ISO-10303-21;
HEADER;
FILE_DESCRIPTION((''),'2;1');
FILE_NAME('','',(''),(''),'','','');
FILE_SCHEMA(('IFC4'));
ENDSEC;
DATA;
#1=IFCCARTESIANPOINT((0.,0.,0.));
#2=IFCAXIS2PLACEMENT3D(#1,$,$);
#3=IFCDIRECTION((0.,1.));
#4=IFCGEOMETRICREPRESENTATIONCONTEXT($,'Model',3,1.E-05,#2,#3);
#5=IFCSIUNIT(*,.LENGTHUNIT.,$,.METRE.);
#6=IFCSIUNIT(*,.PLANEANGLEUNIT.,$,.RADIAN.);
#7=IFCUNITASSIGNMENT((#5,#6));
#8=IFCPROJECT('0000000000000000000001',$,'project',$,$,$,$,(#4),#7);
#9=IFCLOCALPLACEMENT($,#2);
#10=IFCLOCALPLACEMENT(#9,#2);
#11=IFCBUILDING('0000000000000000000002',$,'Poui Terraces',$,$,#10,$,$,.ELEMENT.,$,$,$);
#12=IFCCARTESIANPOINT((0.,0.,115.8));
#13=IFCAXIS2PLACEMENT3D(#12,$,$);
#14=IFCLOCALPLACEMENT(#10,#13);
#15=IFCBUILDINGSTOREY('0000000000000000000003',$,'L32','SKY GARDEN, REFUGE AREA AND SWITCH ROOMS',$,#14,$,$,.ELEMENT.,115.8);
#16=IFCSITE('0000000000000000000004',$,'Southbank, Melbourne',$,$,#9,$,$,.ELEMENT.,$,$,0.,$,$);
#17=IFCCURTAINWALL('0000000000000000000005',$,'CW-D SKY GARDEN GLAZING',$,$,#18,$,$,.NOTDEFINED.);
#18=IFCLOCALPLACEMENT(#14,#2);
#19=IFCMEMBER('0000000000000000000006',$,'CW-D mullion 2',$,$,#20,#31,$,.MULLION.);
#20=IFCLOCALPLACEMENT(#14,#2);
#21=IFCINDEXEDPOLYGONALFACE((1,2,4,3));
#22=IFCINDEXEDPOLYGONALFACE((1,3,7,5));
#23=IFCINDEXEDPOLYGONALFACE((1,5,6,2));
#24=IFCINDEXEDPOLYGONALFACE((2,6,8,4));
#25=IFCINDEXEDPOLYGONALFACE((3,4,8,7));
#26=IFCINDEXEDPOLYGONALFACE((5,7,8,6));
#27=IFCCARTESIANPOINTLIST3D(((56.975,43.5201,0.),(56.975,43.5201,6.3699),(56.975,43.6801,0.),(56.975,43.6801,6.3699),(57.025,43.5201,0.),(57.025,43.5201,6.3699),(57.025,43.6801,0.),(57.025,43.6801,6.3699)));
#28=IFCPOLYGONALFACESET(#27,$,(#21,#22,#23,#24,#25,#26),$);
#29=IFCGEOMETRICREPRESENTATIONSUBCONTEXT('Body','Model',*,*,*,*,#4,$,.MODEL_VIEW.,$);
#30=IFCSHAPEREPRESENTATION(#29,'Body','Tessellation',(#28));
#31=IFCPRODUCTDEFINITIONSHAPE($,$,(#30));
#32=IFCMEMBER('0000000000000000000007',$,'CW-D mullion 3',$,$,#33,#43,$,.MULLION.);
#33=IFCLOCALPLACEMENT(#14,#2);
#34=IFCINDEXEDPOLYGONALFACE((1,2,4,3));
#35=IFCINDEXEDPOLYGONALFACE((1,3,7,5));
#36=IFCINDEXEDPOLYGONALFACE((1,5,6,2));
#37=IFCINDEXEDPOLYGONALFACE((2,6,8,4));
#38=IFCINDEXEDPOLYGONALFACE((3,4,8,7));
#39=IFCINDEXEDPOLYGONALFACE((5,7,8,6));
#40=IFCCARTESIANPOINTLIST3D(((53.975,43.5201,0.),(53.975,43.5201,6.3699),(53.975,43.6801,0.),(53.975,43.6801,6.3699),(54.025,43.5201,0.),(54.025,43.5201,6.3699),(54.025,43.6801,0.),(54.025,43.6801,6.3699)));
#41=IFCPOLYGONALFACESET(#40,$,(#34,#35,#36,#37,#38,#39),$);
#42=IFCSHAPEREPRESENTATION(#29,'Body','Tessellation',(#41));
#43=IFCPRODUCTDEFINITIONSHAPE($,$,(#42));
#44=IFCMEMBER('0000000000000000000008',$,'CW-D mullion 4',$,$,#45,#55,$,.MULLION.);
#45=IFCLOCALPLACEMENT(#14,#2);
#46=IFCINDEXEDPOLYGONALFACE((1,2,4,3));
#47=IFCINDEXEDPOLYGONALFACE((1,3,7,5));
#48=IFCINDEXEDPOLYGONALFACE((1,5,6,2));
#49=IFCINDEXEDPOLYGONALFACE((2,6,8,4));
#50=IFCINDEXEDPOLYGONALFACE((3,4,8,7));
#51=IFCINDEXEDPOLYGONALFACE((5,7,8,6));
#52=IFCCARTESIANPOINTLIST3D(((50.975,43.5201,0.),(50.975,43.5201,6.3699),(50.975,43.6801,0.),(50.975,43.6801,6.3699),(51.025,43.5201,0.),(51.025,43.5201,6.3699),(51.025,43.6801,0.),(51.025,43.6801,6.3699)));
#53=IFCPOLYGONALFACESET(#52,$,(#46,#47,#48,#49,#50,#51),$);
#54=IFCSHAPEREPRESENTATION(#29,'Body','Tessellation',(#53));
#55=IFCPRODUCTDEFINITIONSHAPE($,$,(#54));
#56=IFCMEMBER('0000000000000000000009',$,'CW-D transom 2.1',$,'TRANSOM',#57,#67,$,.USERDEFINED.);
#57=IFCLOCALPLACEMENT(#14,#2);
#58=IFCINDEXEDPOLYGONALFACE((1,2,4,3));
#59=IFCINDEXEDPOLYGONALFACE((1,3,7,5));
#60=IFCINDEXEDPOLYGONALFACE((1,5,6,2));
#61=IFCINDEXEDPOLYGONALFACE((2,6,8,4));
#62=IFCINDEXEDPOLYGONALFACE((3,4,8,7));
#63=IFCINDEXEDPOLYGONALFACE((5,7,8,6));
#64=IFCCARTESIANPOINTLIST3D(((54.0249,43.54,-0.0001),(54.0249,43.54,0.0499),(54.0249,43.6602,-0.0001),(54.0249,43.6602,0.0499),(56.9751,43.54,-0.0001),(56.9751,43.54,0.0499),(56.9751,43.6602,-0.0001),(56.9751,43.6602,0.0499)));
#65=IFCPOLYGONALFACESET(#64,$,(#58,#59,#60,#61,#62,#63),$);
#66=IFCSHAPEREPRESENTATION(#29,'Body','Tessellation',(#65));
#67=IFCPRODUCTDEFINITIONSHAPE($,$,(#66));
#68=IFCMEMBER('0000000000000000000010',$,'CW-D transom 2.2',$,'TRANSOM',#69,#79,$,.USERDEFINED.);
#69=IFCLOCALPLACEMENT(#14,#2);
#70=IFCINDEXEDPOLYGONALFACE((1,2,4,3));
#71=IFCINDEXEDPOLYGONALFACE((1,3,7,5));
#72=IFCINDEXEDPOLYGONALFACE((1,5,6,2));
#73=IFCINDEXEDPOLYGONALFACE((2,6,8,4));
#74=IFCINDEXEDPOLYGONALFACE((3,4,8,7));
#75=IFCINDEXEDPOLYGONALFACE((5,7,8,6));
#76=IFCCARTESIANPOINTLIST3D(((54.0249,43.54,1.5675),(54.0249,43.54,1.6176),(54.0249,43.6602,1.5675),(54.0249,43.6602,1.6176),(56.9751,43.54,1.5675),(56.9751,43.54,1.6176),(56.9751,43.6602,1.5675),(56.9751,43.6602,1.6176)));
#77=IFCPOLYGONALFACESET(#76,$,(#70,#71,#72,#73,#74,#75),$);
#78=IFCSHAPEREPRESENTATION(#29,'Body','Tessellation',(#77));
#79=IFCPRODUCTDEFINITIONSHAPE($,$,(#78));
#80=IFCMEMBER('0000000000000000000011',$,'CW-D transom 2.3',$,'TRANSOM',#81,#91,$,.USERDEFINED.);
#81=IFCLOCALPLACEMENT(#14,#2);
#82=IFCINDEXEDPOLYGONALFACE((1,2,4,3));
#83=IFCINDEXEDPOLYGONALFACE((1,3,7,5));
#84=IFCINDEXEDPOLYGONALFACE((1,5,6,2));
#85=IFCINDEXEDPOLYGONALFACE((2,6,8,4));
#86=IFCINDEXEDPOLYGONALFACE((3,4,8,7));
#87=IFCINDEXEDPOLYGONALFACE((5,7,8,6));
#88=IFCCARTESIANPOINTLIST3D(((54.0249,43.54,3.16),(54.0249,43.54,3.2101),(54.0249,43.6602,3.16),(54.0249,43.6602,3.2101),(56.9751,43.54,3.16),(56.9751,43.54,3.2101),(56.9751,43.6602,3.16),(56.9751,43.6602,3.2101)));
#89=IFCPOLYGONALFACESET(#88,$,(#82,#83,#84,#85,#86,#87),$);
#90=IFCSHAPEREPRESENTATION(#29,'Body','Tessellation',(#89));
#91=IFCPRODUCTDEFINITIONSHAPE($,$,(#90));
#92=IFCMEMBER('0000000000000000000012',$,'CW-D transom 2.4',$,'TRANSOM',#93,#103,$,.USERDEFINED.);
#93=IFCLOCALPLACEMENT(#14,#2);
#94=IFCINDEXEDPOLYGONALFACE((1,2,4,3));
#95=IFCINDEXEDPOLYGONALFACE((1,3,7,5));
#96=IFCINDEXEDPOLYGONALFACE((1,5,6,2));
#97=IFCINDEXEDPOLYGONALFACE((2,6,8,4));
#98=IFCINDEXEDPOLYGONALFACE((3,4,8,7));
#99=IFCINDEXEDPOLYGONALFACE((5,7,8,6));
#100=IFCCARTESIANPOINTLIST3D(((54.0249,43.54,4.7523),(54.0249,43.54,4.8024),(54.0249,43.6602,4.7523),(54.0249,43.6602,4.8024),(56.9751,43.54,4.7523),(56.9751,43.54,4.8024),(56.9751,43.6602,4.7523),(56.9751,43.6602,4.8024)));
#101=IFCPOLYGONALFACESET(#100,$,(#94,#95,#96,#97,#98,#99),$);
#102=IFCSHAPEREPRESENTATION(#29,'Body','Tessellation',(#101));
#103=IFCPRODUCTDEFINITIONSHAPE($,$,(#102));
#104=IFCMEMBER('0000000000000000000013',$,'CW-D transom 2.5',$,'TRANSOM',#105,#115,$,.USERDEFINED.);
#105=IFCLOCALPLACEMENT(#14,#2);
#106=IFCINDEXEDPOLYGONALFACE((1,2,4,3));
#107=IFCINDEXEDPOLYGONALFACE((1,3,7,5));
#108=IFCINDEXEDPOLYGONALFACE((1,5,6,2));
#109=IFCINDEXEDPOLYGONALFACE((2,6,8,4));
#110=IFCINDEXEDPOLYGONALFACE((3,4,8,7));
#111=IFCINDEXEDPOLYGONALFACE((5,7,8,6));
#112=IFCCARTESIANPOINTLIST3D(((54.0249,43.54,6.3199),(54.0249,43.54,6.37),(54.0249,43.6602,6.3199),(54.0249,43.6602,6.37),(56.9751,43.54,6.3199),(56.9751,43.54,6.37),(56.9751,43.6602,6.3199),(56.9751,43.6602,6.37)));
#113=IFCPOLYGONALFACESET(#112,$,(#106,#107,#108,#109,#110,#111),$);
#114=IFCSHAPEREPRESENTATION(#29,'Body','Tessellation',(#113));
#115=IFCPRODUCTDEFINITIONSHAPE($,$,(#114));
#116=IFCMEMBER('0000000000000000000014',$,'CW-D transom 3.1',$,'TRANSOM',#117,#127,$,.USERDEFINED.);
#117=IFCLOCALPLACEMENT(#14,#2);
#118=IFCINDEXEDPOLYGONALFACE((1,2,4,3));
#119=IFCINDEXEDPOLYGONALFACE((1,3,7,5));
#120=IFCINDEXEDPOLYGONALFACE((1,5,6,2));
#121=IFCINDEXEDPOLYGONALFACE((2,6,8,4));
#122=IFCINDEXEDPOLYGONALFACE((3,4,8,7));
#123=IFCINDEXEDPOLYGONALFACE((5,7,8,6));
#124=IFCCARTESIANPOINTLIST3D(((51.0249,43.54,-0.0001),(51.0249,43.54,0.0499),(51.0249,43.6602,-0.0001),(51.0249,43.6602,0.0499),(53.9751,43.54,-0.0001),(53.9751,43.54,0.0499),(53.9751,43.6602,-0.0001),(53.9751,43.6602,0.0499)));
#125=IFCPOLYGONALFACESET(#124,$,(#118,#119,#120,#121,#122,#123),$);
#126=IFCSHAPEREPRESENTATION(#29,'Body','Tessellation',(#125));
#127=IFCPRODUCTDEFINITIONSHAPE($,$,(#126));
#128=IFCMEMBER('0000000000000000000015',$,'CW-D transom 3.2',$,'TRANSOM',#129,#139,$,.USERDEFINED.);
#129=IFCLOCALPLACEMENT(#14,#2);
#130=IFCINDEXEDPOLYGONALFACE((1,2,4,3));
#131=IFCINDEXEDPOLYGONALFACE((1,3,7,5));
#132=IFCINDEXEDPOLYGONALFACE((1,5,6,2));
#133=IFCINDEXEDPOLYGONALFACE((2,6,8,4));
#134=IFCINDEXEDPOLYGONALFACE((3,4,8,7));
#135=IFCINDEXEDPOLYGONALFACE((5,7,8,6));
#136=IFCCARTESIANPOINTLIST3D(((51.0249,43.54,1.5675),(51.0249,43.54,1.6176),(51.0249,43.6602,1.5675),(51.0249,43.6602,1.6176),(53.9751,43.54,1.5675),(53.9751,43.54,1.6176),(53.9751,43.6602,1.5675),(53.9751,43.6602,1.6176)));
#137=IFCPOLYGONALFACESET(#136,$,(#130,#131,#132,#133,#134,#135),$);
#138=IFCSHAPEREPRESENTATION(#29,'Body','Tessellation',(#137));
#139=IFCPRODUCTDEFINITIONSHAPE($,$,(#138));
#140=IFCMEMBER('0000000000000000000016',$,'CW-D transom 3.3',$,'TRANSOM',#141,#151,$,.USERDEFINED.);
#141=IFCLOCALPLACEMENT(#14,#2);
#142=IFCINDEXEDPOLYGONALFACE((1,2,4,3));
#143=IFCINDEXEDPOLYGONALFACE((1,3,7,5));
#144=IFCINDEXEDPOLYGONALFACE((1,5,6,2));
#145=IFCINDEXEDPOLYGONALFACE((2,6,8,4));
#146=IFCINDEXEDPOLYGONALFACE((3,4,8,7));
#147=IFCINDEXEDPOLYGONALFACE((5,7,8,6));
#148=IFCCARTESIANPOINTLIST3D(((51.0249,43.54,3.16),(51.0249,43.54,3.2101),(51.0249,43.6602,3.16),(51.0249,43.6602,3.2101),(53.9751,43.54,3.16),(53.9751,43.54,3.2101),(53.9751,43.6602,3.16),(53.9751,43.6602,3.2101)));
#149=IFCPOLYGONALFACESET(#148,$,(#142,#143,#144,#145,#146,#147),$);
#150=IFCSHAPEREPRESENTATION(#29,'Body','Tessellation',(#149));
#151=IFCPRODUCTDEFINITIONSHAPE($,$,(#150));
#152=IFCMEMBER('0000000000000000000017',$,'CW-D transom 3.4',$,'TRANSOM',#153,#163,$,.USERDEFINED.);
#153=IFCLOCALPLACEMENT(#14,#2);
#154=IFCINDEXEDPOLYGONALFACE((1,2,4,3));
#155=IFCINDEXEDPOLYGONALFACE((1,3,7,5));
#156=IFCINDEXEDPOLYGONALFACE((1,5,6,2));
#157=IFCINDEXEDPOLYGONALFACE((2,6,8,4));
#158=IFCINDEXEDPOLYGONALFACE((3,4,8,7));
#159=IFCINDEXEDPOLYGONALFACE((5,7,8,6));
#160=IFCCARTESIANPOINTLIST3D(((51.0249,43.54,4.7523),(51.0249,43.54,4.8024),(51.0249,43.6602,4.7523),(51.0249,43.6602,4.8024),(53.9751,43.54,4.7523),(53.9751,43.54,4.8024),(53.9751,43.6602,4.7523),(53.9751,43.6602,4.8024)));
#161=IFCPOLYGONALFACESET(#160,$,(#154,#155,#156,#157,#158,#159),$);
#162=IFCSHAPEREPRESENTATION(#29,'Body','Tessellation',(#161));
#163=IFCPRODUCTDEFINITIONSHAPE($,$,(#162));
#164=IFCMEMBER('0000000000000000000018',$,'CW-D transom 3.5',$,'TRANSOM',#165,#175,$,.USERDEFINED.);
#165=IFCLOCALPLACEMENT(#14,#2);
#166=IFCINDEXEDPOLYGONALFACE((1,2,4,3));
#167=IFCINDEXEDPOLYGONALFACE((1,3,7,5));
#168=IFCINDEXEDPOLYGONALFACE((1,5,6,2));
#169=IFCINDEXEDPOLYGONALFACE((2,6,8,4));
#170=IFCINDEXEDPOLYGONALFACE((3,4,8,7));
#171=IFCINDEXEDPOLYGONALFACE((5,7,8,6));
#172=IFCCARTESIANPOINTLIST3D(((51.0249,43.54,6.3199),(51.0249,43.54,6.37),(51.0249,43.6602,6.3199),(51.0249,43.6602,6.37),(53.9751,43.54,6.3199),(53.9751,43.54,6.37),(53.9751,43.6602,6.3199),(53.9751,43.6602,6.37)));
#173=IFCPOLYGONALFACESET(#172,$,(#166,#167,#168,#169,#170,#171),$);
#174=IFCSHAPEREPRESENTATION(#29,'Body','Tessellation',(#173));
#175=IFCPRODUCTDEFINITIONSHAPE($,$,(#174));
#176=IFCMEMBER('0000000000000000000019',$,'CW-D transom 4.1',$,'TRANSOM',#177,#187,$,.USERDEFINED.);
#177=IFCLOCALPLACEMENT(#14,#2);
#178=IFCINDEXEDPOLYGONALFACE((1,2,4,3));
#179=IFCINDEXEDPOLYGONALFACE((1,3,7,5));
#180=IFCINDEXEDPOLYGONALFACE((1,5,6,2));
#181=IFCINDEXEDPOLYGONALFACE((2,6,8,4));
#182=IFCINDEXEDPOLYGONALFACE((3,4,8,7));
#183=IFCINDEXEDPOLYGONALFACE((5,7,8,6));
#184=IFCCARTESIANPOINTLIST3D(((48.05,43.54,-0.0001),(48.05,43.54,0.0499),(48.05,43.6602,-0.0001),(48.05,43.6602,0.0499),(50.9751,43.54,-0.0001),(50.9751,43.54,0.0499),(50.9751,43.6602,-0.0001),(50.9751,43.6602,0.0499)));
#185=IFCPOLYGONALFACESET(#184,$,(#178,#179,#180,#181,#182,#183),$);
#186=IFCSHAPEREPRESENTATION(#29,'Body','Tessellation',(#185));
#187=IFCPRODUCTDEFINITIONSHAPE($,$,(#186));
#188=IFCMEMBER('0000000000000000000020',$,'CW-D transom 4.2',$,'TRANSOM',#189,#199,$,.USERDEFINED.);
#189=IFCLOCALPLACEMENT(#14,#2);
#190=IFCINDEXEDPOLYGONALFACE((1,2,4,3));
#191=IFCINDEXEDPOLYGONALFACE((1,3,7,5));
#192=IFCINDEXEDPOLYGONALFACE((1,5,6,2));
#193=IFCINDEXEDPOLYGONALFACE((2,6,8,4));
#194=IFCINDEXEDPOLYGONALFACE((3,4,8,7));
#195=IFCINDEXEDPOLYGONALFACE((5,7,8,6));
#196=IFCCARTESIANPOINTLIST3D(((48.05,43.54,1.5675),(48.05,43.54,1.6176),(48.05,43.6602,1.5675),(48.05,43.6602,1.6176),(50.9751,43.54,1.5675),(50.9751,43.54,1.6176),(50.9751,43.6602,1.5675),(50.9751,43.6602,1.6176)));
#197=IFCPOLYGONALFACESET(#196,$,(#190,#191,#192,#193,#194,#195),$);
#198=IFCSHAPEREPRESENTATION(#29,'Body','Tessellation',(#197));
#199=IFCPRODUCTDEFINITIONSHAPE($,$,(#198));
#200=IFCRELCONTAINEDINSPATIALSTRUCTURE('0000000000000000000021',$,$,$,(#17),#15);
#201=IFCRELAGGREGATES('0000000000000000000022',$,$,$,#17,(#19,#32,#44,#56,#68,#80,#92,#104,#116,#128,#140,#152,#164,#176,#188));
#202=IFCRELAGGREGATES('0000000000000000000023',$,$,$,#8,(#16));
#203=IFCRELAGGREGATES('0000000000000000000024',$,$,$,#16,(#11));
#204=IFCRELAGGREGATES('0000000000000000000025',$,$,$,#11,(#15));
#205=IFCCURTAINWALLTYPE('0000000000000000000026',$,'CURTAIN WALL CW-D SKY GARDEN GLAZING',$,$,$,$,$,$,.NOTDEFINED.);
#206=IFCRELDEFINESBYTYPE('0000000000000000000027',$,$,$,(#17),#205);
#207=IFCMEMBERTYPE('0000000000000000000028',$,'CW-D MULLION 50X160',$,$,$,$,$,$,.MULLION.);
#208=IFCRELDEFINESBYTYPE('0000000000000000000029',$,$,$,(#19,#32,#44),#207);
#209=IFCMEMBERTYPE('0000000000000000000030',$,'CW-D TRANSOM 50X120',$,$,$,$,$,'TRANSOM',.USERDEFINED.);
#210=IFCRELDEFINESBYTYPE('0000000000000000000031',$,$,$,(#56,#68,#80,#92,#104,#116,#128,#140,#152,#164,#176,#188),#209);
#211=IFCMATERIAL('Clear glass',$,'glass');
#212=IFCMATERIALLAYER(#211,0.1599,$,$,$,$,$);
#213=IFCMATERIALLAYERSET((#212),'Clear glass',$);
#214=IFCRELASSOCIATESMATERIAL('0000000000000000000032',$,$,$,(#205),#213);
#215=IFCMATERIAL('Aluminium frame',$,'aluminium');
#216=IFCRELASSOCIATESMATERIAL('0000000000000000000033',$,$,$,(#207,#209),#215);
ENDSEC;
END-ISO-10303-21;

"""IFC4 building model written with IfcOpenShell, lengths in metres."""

from ifc_helpers import new_model, si_unit, direction, frame, origin, origin_2d, place, context, subcontext, project, spatial, rectangle, extrude, material, layer, layer_set, material_profile, profile_set, type_object, element, aggregate, save


model = new_model("IFC4")

# Units and contexts
model_context = context("Model", 3, precision=1e-05, world=origin(), true_north=direction((0.0, 1.0)))
body_context = subcontext(model_context, "Body", "Model", "MODEL_VIEW")
ifc_project = project(units=[si_unit("LENGTHUNIT", "METRE"), si_unit("PLANEANGLEUNIT", "RADIAN")], contexts=[model_context])

# Site, building, storey
site_placement = place(None, origin())
site = spatial("IfcSite", under=ifc_project, at=site_placement, Name="Southbank, Melbourne", CompositionType="ELEMENT", RefElevation=0.0)
building_placement = place(site_placement, origin())
building = spatial("IfcBuilding", under=site, at=building_placement, Name="Poui Terraces", CompositionType="ELEMENT")
storey_placement = place(building_placement, frame((0.0, 0.0, 115.8)))
storey = spatial("IfcBuildingStorey", under=building, at=storey_placement, Name="L32", Description="SKY GARDEN, REFUGE AREA AND SWITCH ROOMS", CompositionType="ELEMENT", Elevation=115.8)

# Curtain wall, members
ifc_material_1 = material(Name="Clear glass", Category="glass")
ifc_layer_1 = layer(ifc_material_1, 0.1599)
ifc_layer_set_1 = layer_set([ifc_layer_1], Name="Clear glass")
curtain_wall_type = type_object("IfcCurtainWallType", Name="CURTAIN WALL CW-D SKY GARDEN GLAZING", PredefinedType="NOTDEFINED", material=ifc_layer_set_1)
curtain_wall_placement = place(storey_placement, origin())
curtain_wall = element("IfcCurtainWall", 1, at=curtain_wall_placement, inside=storey, type_object=curtain_wall_type, Name="CW-D SKY GARDEN GLAZING", PredefinedType="NOTDEFINED")
ifc_material_2 = material(Name="Aluminium frame", Category="aluminium")
ifc_material_profile_1 = material_profile(ifc_material_2, rectangle(XDim=0.1599, YDim=0.05, at=origin_2d()), Name="CW-D MULLION 50X160")
ifc_profile_set_1 = profile_set([ifc_material_profile_1], Name="Aluminium frame")
member_type_1 = type_object("IfcMemberType", Name="CW-D MULLION 50X160", PredefinedType="MULLION", material=ifc_profile_set_1)
member_1_placement = place(storey_placement, frame((57.0, 43.6001, 0.0), z_axis=(0.0, 0.0, 1.0), x_axis=(0.0, -1.0, 0.0)))
member_1 = element("IfcMember", 2, at=member_1_placement, type_object=member_type_1, Name="CW-D mullion 2", PredefinedType="MULLION", context=body_context, shape_type="SweptSolid", body=[
    extrude(rectangle(XDim=0.1599, YDim=0.05, at=origin_2d()), origin(), (0.0, 0.0, 1.0), 6.3699),
])
member_2_placement = place(storey_placement, frame((54.0, 43.6001, 0.0), z_axis=(0.0, 0.0, 1.0), x_axis=(0.0, -1.0, 0.0)))
member_2 = element("IfcMember", 3, at=member_2_placement, type_object=member_type_1, Name="CW-D mullion 3", PredefinedType="MULLION", context=body_context, shape_type="SweptSolid", body=[
    extrude(rectangle(XDim=0.1599, YDim=0.05, at=origin_2d()), origin(), (0.0, 0.0, 1.0), 6.3699),
])
member_3_placement = place(storey_placement, frame((51.0, 43.6001, 0.0), z_axis=(0.0, 0.0, 1.0), x_axis=(0.0, -1.0, 0.0)))
member_3 = element("IfcMember", 4, at=member_3_placement, type_object=member_type_1, Name="CW-D mullion 4", PredefinedType="MULLION", context=body_context, shape_type="SweptSolid", body=[
    extrude(rectangle(XDim=0.1599, YDim=0.05, at=origin_2d()), origin(), (0.0, 0.0, 1.0), 6.3699),
])
ifc_material_profile_2 = material_profile(ifc_material_2, rectangle(XDim=0.1201, YDim=0.05, at=origin_2d()), Name="CW-D TRANSOM 50X120")
ifc_profile_set_2 = profile_set([ifc_material_profile_2], Name="Aluminium frame")
member_type_2 = type_object("IfcMemberType", Name="CW-D TRANSOM 50X120", ElementType="TRANSOM", PredefinedType="USERDEFINED", material=ifc_profile_set_2)
member_4_placement = place(storey_placement, frame((56.9751, 43.6001, 0.0249), z_axis=(-1.0, 0.0, 0.0), x_axis=(0.0, -1.0, 0.0)))
member_4 = element("IfcMember", 5, at=member_4_placement, type_object=member_type_2, Name="CW-D transom 2.1", ObjectType="TRANSOM", PredefinedType="USERDEFINED", context=body_context, shape_type="SweptSolid", body=[
    extrude(rectangle(XDim=0.1201, YDim=0.05, at=origin_2d()), origin(), (0.0, 0.0, 1.0), 2.9502),
])
member_5_placement = place(storey_placement, frame((56.9751, 43.6001, 1.5925), z_axis=(-1.0, 0.0, 0.0), x_axis=(0.0, -1.0, 0.0)))
member_5 = element("IfcMember", 6, at=member_5_placement, type_object=member_type_2, Name="CW-D transom 2.2", ObjectType="TRANSOM", PredefinedType="USERDEFINED", context=body_context, shape_type="SweptSolid", body=[
    extrude(rectangle(XDim=0.1201, YDim=0.05, at=origin_2d()), origin(), (0.0, 0.0, 1.0), 2.9502),
])
member_6_placement = place(storey_placement, frame((56.9751, 43.6001, 3.1851), z_axis=(-1.0, 0.0, 0.0), x_axis=(0.0, -1.0, 0.0)))
member_6 = element("IfcMember", 7, at=member_6_placement, type_object=member_type_2, Name="CW-D transom 2.3", ObjectType="TRANSOM", PredefinedType="USERDEFINED", context=body_context, shape_type="SweptSolid", body=[
    extrude(rectangle(XDim=0.1201, YDim=0.05, at=origin_2d()), origin(), (0.0, 0.0, 1.0), 2.9502),
])
member_7_placement = place(storey_placement, frame((56.9751, 43.6001, 4.7773), z_axis=(-1.0, 0.0, 0.0), x_axis=(0.0, -1.0, 0.0)))
member_7 = element("IfcMember", 8, at=member_7_placement, type_object=member_type_2, Name="CW-D transom 2.4", ObjectType="TRANSOM", PredefinedType="USERDEFINED", context=body_context, shape_type="SweptSolid", body=[
    extrude(rectangle(XDim=0.1201, YDim=0.05, at=origin_2d()), origin(), (0.0, 0.0, 1.0), 2.9502),
])
member_8_placement = place(storey_placement, frame((56.9751, 43.6001, 6.345), z_axis=(-1.0, 0.0, 0.0), x_axis=(0.0, -1.0, 0.0)))
member_8 = element("IfcMember", 9, at=member_8_placement, type_object=member_type_2, Name="CW-D transom 2.5", ObjectType="TRANSOM", PredefinedType="USERDEFINED", context=body_context, shape_type="SweptSolid", body=[
    extrude(rectangle(XDim=0.1201, YDim=0.05, at=origin_2d()), origin(), (0.0, 0.0, 1.0), 2.9502),
])
member_9_placement = place(storey_placement, frame((53.9751, 43.6001, 0.0249), z_axis=(-1.0, 0.0, 0.0), x_axis=(0.0, -1.0, 0.0)))
member_9 = element("IfcMember", 10, at=member_9_placement, type_object=member_type_2, Name="CW-D transom 3.1", ObjectType="TRANSOM", PredefinedType="USERDEFINED", context=body_context, shape_type="SweptSolid", body=[
    extrude(rectangle(XDim=0.1201, YDim=0.05, at=origin_2d()), origin(), (0.0, 0.0, 1.0), 2.9502),
])
member_10_placement = place(storey_placement, frame((53.9751, 43.6001, 1.5925), z_axis=(-1.0, 0.0, 0.0), x_axis=(0.0, -1.0, 0.0)))
member_10 = element("IfcMember", 11, at=member_10_placement, type_object=member_type_2, Name="CW-D transom 3.2", ObjectType="TRANSOM", PredefinedType="USERDEFINED", context=body_context, shape_type="SweptSolid", body=[
    extrude(rectangle(XDim=0.1201, YDim=0.05, at=origin_2d()), origin(), (0.0, 0.0, 1.0), 2.9502),
])
member_11_placement = place(storey_placement, frame((53.9751, 43.6001, 3.1851), z_axis=(-1.0, 0.0, 0.0), x_axis=(0.0, -1.0, 0.0)))
member_11 = element("IfcMember", 12, at=member_11_placement, type_object=member_type_2, Name="CW-D transom 3.3", ObjectType="TRANSOM", PredefinedType="USERDEFINED", context=body_context, shape_type="SweptSolid", body=[
    extrude(rectangle(XDim=0.1201, YDim=0.05, at=origin_2d()), origin(), (0.0, 0.0, 1.0), 2.9502),
])
member_12_placement = place(storey_placement, frame((53.9751, 43.6001, 4.7773), z_axis=(-1.0, 0.0, 0.0), x_axis=(0.0, -1.0, 0.0)))
member_12 = element("IfcMember", 13, at=member_12_placement, type_object=member_type_2, Name="CW-D transom 3.4", ObjectType="TRANSOM", PredefinedType="USERDEFINED", context=body_context, shape_type="SweptSolid", body=[
    extrude(rectangle(XDim=0.1201, YDim=0.05, at=origin_2d()), origin(), (0.0, 0.0, 1.0), 2.9502),
])
member_13_placement = place(storey_placement, frame((53.9751, 43.6001, 6.345), z_axis=(-1.0, 0.0, 0.0), x_axis=(0.0, -1.0, 0.0)))
member_13 = element("IfcMember", 14, at=member_13_placement, type_object=member_type_2, Name="CW-D transom 3.5", ObjectType="TRANSOM", PredefinedType="USERDEFINED", context=body_context, shape_type="SweptSolid", body=[
    extrude(rectangle(XDim=0.1201, YDim=0.05, at=origin_2d()), origin(), (0.0, 0.0, 1.0), 2.9502),
])
member_14_placement = place(storey_placement, frame((50.9751, 43.6001, 0.0249), z_axis=(-1.0, 0.0, 0.0), x_axis=(0.0, -1.0, 0.0)))
member_14 = element("IfcMember", 15, at=member_14_placement, type_object=member_type_2, Name="CW-D transom 4.1", ObjectType="TRANSOM", PredefinedType="USERDEFINED", context=body_context, shape_type="SweptSolid", body=[
    extrude(rectangle(XDim=0.1201, YDim=0.05, at=origin_2d()), origin(), (0.0, 0.0, 1.0), 2.925),
])
member_15_placement = place(storey_placement, frame((50.9751, 43.6001, 1.5925), z_axis=(-1.0, 0.0, 0.0), x_axis=(0.0, -1.0, 0.0)))
member_15 = element("IfcMember", 16, at=member_15_placement, type_object=member_type_2, Name="CW-D transom 4.2", ObjectType="TRANSOM", PredefinedType="USERDEFINED", context=body_context, shape_type="SweptSolid", body=[
    extrude(rectangle(XDim=0.1201, YDim=0.05, at=origin_2d()), origin(), (0.0, 0.0, 1.0), 2.925),
])
aggregate(curtain_wall, [member_1, member_2, member_3, member_4, member_5, member_6, member_7, member_8, member_9, member_10, member_11, member_12, member_13, member_14, member_15])

save(model, "model.ifc")
